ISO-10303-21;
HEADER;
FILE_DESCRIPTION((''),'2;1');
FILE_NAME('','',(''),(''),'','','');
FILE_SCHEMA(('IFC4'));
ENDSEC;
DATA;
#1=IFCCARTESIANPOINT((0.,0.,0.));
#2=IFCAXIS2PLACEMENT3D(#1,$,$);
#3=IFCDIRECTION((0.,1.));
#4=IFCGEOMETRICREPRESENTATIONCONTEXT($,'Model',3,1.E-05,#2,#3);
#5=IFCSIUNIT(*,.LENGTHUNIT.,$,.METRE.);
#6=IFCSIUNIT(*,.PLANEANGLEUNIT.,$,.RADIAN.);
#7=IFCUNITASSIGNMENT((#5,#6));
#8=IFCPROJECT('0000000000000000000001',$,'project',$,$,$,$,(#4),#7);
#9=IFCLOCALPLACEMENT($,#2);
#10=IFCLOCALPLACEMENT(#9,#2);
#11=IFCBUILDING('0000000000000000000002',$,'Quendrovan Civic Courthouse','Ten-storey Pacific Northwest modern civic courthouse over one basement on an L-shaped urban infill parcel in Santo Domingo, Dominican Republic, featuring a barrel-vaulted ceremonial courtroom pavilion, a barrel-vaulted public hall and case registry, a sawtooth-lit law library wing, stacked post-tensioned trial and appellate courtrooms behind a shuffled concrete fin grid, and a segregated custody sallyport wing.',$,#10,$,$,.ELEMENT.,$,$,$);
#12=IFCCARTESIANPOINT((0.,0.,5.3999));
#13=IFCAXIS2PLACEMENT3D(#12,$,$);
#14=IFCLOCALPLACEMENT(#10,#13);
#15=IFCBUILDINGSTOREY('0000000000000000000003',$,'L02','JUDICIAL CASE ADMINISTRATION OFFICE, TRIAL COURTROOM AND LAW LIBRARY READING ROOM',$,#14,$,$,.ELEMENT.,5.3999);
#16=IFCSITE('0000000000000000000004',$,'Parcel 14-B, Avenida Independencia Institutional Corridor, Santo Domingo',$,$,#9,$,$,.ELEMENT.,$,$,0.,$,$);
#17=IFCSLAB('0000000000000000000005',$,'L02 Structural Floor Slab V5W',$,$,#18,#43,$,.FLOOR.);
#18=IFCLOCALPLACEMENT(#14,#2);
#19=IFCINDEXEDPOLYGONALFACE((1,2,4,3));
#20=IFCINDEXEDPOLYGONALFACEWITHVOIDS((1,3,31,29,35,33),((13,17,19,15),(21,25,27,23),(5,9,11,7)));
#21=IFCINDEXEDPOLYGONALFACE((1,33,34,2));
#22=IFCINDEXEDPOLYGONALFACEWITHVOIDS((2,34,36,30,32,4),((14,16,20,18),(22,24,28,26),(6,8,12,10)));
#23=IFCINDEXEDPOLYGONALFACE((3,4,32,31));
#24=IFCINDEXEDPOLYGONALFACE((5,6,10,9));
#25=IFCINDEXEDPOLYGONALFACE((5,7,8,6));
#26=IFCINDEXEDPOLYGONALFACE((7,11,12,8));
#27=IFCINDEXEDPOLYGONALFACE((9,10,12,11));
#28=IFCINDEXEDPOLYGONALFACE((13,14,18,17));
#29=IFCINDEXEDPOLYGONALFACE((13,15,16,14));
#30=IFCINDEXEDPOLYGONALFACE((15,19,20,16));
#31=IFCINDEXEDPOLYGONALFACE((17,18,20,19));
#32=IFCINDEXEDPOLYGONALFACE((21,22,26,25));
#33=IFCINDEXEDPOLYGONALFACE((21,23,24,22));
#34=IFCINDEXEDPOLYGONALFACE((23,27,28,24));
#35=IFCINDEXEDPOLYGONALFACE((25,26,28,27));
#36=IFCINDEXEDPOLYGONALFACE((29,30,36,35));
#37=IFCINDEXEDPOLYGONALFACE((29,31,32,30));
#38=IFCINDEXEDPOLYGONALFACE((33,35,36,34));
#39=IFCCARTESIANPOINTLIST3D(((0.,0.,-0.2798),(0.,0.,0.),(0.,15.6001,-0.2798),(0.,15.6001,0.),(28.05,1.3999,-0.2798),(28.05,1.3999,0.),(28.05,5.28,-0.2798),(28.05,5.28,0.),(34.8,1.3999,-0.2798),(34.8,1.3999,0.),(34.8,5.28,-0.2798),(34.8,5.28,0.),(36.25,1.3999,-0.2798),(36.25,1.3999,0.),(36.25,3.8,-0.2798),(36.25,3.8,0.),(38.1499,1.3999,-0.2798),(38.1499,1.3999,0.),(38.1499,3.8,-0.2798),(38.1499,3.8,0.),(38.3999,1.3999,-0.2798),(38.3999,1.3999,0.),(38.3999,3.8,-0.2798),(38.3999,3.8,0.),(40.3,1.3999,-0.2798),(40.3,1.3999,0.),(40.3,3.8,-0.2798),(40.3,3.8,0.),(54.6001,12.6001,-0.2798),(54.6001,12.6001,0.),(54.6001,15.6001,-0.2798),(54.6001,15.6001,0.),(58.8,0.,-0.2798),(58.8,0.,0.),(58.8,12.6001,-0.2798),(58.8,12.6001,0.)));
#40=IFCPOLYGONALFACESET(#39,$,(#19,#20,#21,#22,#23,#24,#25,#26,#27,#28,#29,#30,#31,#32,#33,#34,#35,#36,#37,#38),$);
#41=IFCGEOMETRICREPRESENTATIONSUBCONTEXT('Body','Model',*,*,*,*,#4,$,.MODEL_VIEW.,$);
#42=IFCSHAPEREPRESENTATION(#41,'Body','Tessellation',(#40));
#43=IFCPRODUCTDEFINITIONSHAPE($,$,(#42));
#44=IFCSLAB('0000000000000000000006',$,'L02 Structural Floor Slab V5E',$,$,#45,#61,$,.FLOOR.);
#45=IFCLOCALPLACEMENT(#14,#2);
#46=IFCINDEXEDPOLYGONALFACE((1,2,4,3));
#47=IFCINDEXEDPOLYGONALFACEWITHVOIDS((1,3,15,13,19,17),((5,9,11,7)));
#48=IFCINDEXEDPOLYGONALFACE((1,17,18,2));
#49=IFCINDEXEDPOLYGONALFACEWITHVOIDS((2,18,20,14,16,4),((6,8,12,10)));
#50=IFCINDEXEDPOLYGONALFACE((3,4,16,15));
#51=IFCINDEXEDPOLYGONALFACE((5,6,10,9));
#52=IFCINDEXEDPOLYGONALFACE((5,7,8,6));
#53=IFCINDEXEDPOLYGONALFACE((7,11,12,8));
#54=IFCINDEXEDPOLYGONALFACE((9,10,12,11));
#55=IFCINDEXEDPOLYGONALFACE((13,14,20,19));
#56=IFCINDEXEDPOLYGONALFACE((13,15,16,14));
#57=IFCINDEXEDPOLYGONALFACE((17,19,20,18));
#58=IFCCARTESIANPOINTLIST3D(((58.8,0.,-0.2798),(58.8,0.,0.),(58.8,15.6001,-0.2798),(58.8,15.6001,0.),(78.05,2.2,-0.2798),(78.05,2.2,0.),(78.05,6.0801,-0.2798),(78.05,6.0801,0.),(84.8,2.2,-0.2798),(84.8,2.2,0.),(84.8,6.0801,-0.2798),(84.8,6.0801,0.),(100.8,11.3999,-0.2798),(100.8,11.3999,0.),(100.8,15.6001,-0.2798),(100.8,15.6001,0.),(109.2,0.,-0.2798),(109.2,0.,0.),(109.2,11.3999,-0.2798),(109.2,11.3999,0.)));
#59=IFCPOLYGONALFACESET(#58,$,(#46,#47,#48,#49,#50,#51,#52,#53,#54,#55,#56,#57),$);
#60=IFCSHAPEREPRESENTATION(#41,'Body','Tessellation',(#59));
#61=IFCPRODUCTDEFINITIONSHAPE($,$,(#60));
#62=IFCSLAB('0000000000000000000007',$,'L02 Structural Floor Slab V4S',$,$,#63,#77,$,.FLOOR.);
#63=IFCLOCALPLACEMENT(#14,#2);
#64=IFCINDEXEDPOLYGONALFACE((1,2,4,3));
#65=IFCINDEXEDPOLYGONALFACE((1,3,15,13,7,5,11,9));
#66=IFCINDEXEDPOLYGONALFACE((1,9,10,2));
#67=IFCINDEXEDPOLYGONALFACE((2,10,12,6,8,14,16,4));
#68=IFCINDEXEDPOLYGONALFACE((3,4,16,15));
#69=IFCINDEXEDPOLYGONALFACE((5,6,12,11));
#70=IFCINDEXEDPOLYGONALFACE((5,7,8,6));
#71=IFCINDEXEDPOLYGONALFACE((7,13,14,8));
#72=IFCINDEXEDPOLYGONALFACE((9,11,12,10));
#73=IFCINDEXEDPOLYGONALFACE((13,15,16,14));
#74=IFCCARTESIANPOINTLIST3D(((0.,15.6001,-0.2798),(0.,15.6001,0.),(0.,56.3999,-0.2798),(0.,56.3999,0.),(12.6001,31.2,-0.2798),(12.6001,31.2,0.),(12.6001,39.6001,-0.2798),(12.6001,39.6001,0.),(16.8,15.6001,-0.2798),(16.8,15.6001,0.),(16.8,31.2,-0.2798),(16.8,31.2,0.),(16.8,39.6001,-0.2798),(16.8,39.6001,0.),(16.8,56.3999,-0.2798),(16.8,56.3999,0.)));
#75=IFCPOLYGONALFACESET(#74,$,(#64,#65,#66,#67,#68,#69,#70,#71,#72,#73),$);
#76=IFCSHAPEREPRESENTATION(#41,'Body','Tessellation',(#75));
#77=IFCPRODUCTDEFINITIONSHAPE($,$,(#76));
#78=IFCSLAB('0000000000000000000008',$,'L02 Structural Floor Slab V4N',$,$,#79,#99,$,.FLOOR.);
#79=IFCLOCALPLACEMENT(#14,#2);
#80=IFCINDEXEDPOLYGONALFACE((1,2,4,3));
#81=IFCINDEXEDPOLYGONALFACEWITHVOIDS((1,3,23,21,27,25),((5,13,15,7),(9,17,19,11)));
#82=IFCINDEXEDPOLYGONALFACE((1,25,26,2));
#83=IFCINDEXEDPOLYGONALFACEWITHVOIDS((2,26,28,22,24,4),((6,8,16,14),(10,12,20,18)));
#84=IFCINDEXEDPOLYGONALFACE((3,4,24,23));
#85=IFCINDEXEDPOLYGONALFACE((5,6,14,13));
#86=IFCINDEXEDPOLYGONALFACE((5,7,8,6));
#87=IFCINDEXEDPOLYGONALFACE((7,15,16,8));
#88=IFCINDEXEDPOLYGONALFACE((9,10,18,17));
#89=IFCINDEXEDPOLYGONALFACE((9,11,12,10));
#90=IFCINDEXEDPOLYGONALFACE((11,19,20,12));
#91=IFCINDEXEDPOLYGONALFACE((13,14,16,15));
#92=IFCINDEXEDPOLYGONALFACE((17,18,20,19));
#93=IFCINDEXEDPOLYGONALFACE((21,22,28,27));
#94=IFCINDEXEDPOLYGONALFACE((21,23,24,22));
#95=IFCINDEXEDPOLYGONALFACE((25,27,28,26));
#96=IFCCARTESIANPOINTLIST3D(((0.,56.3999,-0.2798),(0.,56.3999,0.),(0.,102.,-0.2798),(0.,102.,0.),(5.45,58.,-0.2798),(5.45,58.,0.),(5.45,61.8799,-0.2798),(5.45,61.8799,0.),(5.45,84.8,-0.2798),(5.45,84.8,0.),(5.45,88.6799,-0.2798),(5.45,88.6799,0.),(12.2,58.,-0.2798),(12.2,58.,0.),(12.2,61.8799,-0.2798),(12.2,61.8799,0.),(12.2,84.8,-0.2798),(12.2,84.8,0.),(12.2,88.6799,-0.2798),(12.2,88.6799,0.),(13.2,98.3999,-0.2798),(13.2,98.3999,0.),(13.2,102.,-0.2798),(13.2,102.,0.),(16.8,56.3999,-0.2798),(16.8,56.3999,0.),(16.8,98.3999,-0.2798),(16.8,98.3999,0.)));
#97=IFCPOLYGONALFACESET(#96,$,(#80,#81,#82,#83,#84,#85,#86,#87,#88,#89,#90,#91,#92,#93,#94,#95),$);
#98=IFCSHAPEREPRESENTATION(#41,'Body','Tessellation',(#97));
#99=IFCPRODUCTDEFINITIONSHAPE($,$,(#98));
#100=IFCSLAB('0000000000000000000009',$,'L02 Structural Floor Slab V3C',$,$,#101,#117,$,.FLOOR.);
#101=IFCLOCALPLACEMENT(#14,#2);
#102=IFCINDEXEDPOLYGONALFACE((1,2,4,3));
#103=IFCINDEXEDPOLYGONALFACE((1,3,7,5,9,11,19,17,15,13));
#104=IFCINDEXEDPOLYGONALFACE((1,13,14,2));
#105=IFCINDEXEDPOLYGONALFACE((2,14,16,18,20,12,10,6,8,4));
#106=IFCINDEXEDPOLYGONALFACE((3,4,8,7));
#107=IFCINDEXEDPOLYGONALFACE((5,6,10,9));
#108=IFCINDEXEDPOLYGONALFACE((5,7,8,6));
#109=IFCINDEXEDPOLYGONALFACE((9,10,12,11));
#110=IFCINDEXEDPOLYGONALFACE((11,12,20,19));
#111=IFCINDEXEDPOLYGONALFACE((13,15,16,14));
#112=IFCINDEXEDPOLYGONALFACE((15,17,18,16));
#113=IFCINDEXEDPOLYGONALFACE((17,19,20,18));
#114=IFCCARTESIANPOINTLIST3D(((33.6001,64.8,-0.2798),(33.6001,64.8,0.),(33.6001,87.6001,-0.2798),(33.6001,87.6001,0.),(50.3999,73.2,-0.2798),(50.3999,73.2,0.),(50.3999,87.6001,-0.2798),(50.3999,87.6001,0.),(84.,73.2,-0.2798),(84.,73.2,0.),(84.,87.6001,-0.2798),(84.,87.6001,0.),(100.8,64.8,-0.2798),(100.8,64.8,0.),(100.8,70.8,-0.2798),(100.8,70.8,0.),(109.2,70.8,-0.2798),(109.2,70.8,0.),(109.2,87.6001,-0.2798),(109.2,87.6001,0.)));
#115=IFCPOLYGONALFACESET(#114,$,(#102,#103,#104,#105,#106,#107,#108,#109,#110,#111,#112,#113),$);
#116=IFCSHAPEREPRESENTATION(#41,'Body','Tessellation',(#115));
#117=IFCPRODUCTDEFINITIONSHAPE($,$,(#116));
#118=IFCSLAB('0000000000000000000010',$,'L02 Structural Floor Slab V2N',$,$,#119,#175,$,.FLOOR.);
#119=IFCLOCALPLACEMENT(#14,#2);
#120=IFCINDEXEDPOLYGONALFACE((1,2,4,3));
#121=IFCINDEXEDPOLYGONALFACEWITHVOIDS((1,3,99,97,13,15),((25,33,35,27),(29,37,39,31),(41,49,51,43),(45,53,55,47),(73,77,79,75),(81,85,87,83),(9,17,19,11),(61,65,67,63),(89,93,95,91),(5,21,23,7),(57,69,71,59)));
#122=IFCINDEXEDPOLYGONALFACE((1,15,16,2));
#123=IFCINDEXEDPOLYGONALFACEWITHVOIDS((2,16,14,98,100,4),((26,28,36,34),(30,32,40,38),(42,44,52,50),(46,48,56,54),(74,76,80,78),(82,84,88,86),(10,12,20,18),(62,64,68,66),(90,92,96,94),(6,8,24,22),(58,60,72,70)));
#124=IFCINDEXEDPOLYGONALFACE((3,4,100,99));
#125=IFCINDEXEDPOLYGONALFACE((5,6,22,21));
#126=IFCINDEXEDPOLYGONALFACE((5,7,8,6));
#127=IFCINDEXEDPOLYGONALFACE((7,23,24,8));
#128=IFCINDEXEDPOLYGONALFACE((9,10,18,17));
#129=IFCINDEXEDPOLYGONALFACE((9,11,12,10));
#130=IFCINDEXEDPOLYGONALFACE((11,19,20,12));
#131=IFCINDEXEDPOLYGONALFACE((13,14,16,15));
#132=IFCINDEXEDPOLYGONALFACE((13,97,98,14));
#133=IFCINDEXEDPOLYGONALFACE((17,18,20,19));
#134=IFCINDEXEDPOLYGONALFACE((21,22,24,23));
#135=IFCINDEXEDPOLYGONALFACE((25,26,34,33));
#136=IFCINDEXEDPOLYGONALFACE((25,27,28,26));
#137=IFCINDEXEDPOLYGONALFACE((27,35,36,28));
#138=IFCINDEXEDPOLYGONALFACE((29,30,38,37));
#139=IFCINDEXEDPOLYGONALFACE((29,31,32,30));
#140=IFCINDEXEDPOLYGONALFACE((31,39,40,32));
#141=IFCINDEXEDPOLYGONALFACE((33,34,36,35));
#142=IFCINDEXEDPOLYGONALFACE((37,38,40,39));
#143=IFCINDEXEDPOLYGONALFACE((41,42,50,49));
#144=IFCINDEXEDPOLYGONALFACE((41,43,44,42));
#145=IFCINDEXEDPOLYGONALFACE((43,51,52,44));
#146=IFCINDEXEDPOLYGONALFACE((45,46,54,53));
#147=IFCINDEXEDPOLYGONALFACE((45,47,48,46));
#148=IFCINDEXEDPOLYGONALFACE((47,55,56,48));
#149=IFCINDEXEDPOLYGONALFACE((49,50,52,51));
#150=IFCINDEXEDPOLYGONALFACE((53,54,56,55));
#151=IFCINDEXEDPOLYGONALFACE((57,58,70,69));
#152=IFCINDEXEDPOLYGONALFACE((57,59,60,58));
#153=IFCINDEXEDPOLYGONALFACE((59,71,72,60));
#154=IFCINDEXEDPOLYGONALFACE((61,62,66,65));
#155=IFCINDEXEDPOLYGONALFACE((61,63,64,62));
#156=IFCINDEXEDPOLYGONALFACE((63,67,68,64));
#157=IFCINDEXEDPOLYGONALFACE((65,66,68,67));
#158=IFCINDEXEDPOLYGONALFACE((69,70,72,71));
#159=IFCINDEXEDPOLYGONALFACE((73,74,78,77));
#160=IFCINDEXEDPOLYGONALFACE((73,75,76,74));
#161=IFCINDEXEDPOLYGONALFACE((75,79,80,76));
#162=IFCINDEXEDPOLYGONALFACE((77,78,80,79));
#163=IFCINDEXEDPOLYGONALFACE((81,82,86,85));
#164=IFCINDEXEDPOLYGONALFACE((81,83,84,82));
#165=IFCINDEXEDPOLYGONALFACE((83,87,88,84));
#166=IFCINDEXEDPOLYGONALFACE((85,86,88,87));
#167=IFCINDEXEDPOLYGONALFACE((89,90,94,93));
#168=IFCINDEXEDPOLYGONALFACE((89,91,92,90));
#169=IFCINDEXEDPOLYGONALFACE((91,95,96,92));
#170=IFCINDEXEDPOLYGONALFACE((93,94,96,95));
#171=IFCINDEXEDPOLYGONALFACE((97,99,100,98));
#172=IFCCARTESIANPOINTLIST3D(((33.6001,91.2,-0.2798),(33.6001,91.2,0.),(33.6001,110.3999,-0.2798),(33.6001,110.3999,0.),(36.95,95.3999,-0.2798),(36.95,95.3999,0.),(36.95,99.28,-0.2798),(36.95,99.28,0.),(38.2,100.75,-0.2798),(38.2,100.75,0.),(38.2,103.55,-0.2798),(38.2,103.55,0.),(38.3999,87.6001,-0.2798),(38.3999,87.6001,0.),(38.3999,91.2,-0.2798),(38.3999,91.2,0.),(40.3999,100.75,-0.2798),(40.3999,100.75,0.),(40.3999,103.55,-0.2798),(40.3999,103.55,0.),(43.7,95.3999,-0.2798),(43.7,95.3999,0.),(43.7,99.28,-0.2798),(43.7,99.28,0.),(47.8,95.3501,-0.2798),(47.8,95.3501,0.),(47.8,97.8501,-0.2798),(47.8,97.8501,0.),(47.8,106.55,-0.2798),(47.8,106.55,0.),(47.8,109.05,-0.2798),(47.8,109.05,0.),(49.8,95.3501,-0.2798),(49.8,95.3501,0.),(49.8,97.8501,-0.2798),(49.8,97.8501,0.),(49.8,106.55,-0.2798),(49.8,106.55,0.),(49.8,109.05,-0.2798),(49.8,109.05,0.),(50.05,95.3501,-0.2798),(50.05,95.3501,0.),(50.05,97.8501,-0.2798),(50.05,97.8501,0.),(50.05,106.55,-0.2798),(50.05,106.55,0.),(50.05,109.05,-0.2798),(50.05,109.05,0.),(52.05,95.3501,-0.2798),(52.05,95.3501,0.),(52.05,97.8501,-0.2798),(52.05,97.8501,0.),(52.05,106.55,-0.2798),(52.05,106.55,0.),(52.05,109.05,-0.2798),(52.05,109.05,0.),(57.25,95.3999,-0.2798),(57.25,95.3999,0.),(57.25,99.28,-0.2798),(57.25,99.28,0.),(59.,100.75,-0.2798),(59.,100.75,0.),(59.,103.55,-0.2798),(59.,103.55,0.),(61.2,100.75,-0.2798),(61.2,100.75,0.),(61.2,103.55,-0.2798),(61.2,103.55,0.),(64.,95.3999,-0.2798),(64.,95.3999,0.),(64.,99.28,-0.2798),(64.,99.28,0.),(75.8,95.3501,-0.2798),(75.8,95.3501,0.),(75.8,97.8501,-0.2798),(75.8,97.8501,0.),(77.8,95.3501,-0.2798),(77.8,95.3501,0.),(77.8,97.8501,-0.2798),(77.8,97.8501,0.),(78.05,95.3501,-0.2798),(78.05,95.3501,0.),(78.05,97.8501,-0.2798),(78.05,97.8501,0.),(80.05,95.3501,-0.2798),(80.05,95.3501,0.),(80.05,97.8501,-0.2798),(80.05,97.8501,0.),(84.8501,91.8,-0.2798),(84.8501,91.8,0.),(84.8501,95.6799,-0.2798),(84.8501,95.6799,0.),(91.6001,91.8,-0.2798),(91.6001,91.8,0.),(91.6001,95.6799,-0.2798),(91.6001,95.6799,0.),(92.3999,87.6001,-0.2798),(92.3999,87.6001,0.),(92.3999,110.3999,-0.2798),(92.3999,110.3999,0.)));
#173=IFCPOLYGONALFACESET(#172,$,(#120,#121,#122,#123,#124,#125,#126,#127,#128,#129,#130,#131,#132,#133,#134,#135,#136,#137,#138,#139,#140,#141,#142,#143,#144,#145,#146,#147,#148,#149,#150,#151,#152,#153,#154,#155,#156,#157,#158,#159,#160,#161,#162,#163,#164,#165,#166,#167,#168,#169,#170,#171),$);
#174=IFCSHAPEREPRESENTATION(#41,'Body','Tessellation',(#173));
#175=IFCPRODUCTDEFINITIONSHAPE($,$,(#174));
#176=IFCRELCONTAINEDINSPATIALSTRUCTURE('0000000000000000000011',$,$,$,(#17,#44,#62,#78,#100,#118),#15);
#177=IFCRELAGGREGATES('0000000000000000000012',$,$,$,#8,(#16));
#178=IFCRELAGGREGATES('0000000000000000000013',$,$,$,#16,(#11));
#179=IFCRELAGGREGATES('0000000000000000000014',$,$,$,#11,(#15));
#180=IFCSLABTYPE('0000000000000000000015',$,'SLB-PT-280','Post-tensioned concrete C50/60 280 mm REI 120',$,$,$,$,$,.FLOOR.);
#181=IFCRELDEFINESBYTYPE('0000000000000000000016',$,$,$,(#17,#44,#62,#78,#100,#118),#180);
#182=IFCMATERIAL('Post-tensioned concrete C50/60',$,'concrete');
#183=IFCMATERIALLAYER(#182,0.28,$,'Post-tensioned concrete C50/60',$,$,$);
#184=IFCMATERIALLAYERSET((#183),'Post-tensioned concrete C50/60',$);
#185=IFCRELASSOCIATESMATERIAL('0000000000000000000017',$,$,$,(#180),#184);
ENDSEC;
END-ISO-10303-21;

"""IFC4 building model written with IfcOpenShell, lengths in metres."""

from ifc_helpers import new_model, si_unit, direction, frame, origin, place, context, subcontext, project, spatial, polyline, outline, extrude, material, layer, layer_set, type_object, element, save


model = new_model("IFC4")

# Units and contexts
model_context = context("Model", 3, precision=1e-05, world=origin(), true_north=direction((0.0, 1.0)))
body_context = subcontext(model_context, "Body", "Model", "MODEL_VIEW")
ifc_project = project(units=[si_unit("LENGTHUNIT", "METRE"), si_unit("PLANEANGLEUNIT", "RADIAN")], contexts=[model_context])

# Site, building, storey
site_placement = place(None, origin())
site = spatial("IfcSite", under=ifc_project, at=site_placement, Name="Parcel 14-B, Avenida Independencia Institutional Corridor, Santo Domingo", CompositionType="ELEMENT", RefElevation=0.0)
building_placement = place(site_placement, origin())
building = spatial("IfcBuilding", under=site, at=building_placement, Name="Quendrovan Civic Courthouse", Description="Ten-storey Pacific Northwest modern civic courthouse over one basement on an L-shaped urban infill parcel in Santo Domingo, Dominican Republic, featuring a barrel-vaulted ceremonial courtroom pavilion, a barrel-vaulted public hall and case registry, a sawtooth-lit law library wing, stacked post-tensioned trial and appellate courtrooms behind a shuffled concrete fin grid, and a segregated custody sallyport wing.", CompositionType="ELEMENT")
storey_placement = place(building_placement, frame((0.0, 0.0, 5.3999)))
storey = spatial("IfcBuildingStorey", under=building, at=storey_placement, Name="L02", Description="JUDICIAL CASE ADMINISTRATION OFFICE, TRIAL COURTROOM AND LAW LIBRARY READING ROOM", CompositionType="ELEMENT", Elevation=5.3999)

# Slabs
ifc_material_1 = material(Name="Post-tensioned concrete C50/60", Category="concrete")
ifc_layer_1 = layer(ifc_material_1, 0.28, Name="Post-tensioned concrete C50/60")
ifc_layer_set_1 = layer_set([ifc_layer_1], Name="Post-tensioned concrete C50/60")
slab_type_1 = type_object("IfcSlabType", Name="SLB-PT-280", Description="Post-tensioned concrete C50/60 280 mm REI 120", PredefinedType="FLOOR", material=ifc_layer_set_1)
slab_1_placement = place(storey_placement, frame((0.0, 0.0, -0.2798)))
element("IfcSlab", 1, at=slab_1_placement, inside=storey, type_object=slab_type_1, Name="L02 Structural Floor Slab V5W", PredefinedType="FLOOR", context=body_context, shape_type="SweptSolid", body=[
    extrude(outline(polyline([(0.0, 0.0), (0.0, 15.6001), (54.6001, 15.6001), (54.6001, 12.6001), (58.8, 12.6001), (58.8, 0.0), (0.0, 0.0)]), holes=[polyline([(36.25, 1.3999), (38.1499, 1.3999), (38.1499, 3.8), (36.25, 3.8), (36.25, 1.3999)]), polyline([(38.3999, 3.8), (38.3999, 1.3999), (40.3, 1.3999), (40.3, 3.8), (38.3999, 3.8)]), polyline([(28.05, 5.28), (28.05, 1.3999), (34.8, 1.3999), (34.8, 5.28), (28.05, 5.28)])]), origin(), (0.0, 0.0, 1.0), 0.2798),
])
slab_2_placement = place(storey_placement, frame((0.0, 0.0, -0.2798)))
element("IfcSlab", 2, at=slab_2_placement, inside=storey, type_object=slab_type_1, Name="L02 Structural Floor Slab V5E", PredefinedType="FLOOR", context=body_context, shape_type="SweptSolid", body=[
    extrude(outline(polyline([(58.8, 0.0), (58.8, 15.6001), (100.8, 15.6001), (100.8, 11.3999), (109.2, 11.3999), (109.2, 0.0), (58.8, 0.0)]), holes=[polyline([(84.8, 2.2), (84.8, 6.0801), (78.05, 6.0801), (78.05, 2.2), (84.8, 2.2)])]), origin(), (0.0, 0.0, 1.0), 0.2798),
])
slab_3_placement = place(storey_placement, frame((0.0, 0.0, -0.2798)))
element("IfcSlab", 3, at=slab_3_placement, inside=storey, type_object=slab_type_1, Name="L02 Structural Floor Slab V4S", PredefinedType="FLOOR", context=body_context, shape_type="SweptSolid", body=[
    extrude(outline(polyline([(16.8, 15.6001), (0.0, 15.6001), (0.0, 56.3999), (16.8, 56.3999), (16.8, 39.6001), (12.6001, 39.6001), (12.6001, 31.2), (16.8, 31.2), (16.8, 15.6001)])), origin(), (0.0, 0.0, 1.0), 0.2798),
])
slab_4_placement = place(storey_placement, frame((0.0, 0.0, -0.2798)))
element("IfcSlab", 4, at=slab_4_placement, inside=storey, type_object=slab_type_1, Name="L02 Structural Floor Slab V4N", PredefinedType="FLOOR", context=body_context, shape_type="SweptSolid", body=[
    extrude(outline(polyline([(0.0, 56.3999), (0.0, 102.0), (13.2, 102.0), (13.2, 98.3999), (16.8, 98.3999), (16.8, 56.3999), (0.0, 56.3999)]), holes=[polyline([(5.45, 58.0), (12.2, 58.0), (12.2, 61.8799), (5.45, 61.8799), (5.45, 58.0)]), polyline([(5.45, 84.8), (12.2, 84.8), (12.2, 88.6799), (5.45, 88.6799), (5.45, 84.8)])]), origin(), (0.0, 0.0, 1.0), 0.2798),
])
slab_5_placement = place(storey_placement, frame((0.0, 0.0, -0.2798)))
element("IfcSlab", 5, at=slab_5_placement, inside=storey, type_object=slab_type_1, Name="L02 Structural Floor Slab V3C", PredefinedType="FLOOR", context=body_context, shape_type="SweptSolid", body=[
    extrude(outline(polyline([(33.6001, 87.6001), (50.3999, 87.6001), (50.3999, 73.2), (84.0, 73.2), (84.0, 87.6001), (109.2, 87.6001), (109.2, 70.8), (100.8, 70.8), (100.8, 64.8), (33.6001, 64.8), (33.6001, 87.6001)])), origin(), (0.0, 0.0, 1.0), 0.2798),
])
slab_6_placement = place(storey_placement, frame((0.0, 0.0, -0.2798)))
element("IfcSlab", 6, at=slab_6_placement, inside=storey, type_object=slab_type_1, Name="L02 Structural Floor Slab V2N", PredefinedType="FLOOR", context=body_context, shape_type="SweptSolid", body=[
    extrude(outline(polyline([(92.3999, 110.3999), (92.3999, 87.6001), (38.3999, 87.6001), (38.3999, 91.2), (33.6001, 91.2), (33.6001, 110.3999), (92.3999, 110.3999)]), holes=[polyline([(49.8, 97.8501), (47.8, 97.8501), (47.8, 95.3501), (49.8, 95.3501), (49.8, 97.8501)]), polyline([(52.05, 97.8501), (50.05, 97.8501), (50.05, 95.3501), (52.05, 95.3501), (52.05, 97.8501)]), polyline([(43.7, 99.28), (36.95, 99.28), (36.95, 95.3999), (43.7, 95.3999), (43.7, 99.28)]), polyline([(40.3999, 100.75), (40.3999, 103.55), (38.2, 103.55), (38.2, 100.75), (40.3999, 100.75)]), polyline([(49.8, 106.55), (49.8, 109.05), (47.8, 109.05), (47.8, 106.55), (49.8, 106.55)]), polyline([(52.05, 109.05), (50.05, 109.05), (50.05, 106.55), (52.05, 106.55), (52.05, 109.05)]), polyline([(91.6001, 91.8), (91.6001, 95.6799), (84.8501, 95.6799), (84.8501, 91.8), (91.6001, 91.8)]), polyline([(77.8, 95.3501), (77.8, 97.8501), (75.8, 97.8501), (75.8, 95.3501), (77.8, 95.3501)]), polyline([(80.05, 97.8501), (78.05, 97.8501), (78.05, 95.3501), (80.05, 95.3501), (80.05, 97.8501)]), polyline([(64.0, 95.3999), (64.0, 99.28), (57.25, 99.28), (57.25, 95.3999), (64.0, 95.3999)]), polyline([(61.2, 100.75), (61.2, 103.55), (59.0, 103.55), (59.0, 100.75), (61.2, 100.75)])]), origin(), (0.0, 0.0, 1.0), 0.2798),
])

save(model, "model.ifc")
